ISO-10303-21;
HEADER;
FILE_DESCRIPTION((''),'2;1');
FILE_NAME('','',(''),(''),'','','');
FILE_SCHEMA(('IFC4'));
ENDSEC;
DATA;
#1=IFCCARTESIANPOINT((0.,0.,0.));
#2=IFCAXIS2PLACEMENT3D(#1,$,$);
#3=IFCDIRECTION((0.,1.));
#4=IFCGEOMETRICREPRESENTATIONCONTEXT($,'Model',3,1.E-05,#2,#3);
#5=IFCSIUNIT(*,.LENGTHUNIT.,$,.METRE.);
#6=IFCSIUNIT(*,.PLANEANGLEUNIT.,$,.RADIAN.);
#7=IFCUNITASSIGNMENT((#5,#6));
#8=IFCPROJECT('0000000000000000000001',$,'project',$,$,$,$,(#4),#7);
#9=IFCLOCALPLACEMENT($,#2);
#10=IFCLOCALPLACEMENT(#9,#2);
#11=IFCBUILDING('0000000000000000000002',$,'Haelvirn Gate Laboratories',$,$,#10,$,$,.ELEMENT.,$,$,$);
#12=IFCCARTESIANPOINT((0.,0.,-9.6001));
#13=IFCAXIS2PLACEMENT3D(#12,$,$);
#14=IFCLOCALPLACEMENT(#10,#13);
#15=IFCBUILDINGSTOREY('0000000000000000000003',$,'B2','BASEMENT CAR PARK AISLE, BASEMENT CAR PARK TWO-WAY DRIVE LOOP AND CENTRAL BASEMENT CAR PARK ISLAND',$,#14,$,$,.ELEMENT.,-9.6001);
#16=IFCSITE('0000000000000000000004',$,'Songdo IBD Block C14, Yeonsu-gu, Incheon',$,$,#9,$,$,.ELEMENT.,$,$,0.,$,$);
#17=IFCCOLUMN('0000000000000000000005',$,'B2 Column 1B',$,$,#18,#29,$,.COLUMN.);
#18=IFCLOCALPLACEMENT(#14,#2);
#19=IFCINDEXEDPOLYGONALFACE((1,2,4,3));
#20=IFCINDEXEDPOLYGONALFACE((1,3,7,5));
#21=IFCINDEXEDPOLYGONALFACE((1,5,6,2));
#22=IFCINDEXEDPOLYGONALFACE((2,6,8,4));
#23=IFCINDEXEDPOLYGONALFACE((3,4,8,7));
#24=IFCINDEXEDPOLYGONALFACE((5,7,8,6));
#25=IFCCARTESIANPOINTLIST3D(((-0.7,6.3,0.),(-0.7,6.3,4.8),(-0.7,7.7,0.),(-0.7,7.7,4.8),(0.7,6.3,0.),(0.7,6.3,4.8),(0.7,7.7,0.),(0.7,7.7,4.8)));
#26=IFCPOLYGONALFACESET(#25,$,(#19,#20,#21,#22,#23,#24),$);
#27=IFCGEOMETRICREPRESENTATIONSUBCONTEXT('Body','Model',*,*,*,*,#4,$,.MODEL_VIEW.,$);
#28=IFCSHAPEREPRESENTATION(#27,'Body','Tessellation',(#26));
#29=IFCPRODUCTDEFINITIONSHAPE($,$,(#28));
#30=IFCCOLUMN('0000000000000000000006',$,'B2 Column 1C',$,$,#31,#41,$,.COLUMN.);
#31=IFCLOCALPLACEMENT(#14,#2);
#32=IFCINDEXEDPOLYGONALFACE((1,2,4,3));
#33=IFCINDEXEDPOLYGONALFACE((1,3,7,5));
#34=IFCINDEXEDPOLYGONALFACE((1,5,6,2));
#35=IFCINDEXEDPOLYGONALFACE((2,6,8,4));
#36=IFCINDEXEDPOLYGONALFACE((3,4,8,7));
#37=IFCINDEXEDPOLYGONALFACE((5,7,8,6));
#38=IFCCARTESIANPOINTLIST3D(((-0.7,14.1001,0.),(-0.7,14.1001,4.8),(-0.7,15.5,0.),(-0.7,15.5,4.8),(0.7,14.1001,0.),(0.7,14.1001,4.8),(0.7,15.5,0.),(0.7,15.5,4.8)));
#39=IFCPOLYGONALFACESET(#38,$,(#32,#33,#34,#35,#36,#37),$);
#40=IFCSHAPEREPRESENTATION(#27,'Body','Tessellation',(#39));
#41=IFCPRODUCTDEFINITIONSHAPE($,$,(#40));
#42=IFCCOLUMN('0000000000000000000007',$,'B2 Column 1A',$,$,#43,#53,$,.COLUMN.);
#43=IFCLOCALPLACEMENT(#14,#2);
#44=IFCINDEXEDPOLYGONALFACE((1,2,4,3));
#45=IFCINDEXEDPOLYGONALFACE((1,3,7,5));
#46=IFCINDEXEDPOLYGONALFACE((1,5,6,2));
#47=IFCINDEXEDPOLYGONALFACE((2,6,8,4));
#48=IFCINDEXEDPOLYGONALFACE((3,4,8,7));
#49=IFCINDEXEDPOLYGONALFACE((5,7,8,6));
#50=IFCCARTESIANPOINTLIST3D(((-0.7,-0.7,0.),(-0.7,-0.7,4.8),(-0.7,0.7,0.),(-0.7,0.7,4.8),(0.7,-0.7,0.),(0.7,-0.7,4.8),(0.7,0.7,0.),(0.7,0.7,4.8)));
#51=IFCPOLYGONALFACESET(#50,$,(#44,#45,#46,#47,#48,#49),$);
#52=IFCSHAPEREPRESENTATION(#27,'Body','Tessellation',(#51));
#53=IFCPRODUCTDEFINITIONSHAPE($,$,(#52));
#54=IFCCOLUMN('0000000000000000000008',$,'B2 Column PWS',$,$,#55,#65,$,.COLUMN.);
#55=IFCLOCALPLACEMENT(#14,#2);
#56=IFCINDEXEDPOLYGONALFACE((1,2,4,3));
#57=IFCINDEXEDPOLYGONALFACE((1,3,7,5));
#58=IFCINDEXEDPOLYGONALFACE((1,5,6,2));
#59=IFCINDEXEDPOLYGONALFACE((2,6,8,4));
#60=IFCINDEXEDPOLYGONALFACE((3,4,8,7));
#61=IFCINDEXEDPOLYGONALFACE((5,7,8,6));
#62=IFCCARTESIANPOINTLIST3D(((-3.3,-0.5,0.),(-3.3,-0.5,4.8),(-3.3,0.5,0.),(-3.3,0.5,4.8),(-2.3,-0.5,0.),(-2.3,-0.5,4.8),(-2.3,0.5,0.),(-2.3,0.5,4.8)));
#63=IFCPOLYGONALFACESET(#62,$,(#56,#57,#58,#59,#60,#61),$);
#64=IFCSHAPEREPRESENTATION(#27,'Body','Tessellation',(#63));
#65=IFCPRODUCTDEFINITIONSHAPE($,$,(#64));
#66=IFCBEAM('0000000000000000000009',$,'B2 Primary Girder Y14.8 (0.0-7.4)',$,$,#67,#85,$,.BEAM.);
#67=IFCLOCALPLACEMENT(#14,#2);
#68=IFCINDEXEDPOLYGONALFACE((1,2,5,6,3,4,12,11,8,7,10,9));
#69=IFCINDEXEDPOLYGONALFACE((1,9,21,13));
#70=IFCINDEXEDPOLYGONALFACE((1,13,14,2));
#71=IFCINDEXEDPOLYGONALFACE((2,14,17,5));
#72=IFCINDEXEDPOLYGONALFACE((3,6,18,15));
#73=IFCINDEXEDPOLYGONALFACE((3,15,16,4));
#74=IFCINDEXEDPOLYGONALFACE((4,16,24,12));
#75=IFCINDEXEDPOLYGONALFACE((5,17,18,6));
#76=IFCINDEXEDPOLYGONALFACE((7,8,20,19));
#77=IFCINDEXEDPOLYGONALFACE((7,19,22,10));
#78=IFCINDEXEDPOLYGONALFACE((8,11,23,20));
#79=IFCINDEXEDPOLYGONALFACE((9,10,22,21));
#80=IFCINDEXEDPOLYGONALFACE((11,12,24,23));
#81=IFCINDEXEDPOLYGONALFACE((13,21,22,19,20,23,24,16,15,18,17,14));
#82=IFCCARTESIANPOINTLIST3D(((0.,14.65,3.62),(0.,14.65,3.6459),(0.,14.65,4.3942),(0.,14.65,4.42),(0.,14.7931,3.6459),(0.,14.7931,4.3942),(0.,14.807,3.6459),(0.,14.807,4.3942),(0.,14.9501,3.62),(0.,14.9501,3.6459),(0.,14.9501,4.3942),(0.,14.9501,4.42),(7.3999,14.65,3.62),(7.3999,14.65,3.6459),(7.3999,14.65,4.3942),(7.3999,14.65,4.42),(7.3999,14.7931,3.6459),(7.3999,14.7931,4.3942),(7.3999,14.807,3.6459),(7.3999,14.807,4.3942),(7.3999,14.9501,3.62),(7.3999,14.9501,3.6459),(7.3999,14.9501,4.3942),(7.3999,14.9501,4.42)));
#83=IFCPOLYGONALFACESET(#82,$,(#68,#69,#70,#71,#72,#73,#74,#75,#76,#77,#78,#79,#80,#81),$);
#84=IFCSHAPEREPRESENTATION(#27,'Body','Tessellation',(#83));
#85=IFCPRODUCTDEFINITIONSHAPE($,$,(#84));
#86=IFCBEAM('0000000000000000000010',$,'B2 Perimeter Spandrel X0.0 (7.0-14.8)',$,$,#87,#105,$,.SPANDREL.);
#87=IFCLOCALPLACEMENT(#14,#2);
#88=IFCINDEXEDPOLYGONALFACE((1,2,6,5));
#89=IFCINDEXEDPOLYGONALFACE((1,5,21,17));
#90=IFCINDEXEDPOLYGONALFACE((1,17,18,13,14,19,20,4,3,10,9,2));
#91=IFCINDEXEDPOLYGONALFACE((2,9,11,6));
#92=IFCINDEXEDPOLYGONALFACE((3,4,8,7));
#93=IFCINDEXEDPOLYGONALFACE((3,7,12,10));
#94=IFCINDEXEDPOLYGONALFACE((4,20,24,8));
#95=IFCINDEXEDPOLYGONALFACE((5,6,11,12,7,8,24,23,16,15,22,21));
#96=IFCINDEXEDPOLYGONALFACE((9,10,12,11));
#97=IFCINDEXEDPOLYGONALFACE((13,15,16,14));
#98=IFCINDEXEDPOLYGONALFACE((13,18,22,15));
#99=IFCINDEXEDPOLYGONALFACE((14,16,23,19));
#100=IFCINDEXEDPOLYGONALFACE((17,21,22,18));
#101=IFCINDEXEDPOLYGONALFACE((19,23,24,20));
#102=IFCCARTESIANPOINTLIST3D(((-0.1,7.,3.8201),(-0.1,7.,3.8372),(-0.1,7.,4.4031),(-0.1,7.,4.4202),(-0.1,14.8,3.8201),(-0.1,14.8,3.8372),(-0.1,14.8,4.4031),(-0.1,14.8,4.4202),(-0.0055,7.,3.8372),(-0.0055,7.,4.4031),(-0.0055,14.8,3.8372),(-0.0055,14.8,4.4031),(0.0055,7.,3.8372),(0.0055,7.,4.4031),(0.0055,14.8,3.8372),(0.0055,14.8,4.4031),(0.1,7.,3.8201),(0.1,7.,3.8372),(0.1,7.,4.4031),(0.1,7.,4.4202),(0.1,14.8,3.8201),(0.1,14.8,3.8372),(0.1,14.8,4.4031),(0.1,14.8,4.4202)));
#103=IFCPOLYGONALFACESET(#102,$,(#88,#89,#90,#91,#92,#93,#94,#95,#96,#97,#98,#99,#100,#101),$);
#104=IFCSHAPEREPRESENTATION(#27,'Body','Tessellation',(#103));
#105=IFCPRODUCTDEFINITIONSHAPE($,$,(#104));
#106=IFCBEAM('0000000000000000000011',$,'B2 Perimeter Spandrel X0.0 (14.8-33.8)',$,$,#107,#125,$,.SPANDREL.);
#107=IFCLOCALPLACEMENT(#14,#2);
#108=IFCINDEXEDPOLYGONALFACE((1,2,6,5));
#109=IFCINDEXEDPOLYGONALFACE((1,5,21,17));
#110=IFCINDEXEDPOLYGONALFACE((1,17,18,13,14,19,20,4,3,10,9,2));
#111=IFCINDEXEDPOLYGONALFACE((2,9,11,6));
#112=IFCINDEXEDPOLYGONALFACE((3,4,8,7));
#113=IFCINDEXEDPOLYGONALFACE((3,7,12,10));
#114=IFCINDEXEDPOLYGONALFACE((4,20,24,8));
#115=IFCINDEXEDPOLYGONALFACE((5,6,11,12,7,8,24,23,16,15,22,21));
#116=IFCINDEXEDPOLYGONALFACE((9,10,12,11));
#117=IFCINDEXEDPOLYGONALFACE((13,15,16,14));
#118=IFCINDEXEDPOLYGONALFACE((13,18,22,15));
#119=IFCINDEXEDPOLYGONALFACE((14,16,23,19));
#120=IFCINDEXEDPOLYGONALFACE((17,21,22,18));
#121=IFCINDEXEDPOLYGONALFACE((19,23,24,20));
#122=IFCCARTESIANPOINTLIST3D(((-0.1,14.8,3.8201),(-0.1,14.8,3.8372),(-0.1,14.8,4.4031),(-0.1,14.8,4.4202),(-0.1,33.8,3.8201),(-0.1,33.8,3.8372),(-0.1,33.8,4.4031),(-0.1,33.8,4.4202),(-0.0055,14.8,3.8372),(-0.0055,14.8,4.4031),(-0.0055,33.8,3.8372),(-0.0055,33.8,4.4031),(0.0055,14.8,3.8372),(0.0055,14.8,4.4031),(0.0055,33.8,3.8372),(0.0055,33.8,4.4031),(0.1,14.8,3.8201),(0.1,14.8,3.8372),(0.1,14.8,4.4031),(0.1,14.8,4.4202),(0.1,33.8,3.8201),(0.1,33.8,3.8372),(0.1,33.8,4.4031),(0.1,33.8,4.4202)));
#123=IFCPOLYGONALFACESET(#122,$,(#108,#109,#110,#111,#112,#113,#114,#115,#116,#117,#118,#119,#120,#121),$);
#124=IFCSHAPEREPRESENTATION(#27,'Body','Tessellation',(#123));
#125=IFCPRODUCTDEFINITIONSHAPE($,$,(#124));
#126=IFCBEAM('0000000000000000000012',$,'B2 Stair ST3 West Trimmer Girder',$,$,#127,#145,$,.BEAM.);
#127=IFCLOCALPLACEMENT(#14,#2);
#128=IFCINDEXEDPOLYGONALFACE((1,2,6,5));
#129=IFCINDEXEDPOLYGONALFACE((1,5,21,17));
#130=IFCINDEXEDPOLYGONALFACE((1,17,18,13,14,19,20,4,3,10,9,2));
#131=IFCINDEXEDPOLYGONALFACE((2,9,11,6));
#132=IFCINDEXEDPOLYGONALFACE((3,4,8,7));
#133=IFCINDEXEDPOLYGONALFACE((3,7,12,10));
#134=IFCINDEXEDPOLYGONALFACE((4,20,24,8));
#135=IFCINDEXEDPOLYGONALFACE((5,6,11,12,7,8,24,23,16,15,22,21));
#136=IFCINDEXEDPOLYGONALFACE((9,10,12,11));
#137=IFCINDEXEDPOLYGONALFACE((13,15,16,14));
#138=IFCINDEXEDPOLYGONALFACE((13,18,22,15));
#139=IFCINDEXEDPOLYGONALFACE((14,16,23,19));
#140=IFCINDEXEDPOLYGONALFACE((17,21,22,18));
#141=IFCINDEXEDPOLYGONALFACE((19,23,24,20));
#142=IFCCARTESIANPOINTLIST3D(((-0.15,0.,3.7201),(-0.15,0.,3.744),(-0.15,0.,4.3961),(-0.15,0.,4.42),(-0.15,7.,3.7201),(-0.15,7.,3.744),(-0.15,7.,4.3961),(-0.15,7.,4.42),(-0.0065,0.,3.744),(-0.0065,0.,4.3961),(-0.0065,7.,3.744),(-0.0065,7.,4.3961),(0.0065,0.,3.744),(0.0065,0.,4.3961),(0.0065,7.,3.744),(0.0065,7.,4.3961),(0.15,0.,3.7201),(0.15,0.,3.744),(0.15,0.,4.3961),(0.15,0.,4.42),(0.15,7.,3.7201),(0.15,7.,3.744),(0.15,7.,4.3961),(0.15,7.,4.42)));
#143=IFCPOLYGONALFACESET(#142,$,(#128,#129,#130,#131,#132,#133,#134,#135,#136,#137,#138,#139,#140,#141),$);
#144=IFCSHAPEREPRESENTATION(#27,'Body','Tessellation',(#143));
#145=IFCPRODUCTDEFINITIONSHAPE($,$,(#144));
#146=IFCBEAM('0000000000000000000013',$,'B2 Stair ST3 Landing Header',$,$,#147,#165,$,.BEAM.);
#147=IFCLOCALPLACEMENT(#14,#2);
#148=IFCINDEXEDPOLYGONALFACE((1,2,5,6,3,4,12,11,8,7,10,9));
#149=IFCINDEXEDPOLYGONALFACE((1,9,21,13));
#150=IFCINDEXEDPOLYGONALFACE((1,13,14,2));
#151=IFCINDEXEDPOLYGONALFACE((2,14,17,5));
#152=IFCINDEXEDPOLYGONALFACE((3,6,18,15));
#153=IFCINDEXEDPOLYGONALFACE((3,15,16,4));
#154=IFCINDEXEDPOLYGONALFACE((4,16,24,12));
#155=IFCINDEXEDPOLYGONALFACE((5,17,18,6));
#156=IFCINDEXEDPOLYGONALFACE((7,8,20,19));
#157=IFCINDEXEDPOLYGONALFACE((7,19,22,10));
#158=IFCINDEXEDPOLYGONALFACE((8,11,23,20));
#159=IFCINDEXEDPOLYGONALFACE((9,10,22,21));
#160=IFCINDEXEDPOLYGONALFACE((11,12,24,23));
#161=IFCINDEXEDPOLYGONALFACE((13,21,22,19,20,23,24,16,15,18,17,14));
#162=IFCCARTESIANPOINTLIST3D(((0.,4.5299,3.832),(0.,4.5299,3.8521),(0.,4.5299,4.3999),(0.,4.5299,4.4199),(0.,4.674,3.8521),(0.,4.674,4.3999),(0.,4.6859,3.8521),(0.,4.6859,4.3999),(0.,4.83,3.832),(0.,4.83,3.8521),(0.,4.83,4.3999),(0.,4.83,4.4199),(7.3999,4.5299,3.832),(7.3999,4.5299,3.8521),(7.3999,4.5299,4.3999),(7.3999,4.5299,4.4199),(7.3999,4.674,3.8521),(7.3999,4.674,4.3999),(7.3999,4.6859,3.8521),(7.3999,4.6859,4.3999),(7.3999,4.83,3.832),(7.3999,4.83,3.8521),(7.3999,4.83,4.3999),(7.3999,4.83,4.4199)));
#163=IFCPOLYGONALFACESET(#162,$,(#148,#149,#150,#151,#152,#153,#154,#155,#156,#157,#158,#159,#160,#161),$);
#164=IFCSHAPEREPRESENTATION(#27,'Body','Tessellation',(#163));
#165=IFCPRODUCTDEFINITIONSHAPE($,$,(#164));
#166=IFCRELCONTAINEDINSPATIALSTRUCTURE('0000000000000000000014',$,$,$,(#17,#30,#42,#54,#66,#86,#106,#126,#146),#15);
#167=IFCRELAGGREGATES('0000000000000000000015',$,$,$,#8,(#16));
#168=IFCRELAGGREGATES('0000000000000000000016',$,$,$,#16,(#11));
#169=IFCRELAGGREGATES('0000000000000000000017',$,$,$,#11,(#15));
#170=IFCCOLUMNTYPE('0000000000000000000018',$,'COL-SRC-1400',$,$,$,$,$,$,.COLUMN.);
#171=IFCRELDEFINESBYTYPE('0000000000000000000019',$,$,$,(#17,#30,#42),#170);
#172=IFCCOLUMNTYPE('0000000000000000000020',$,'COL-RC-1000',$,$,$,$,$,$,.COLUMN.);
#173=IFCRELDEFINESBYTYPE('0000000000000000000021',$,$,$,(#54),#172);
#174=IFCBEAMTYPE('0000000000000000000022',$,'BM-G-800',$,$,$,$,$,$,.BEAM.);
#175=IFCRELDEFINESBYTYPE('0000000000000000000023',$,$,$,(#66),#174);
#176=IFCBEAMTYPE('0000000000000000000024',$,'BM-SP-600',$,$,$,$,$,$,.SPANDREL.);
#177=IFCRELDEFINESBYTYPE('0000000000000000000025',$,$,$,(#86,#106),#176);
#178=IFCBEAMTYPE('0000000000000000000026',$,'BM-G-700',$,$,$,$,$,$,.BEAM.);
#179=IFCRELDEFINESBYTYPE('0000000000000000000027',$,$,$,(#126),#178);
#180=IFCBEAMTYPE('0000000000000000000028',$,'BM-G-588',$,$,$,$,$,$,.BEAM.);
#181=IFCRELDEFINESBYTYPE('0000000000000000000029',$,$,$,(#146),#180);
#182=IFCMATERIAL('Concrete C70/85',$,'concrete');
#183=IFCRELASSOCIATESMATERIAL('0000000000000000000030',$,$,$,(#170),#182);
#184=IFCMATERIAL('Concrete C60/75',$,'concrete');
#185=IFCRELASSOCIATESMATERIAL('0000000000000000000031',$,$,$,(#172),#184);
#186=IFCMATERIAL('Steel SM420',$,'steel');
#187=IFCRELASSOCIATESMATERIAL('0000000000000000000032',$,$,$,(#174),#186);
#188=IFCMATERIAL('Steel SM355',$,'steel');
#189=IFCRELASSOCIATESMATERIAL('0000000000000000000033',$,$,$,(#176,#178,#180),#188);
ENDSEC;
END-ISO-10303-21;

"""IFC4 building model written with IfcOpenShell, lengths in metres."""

from ifc_helpers import new_model, si_unit, direction, frame, origin, origin_2d, place, context, subcontext, project, spatial, rectangle, i_section, extrude, source, transform, mapped, material, material_profile, profile_set, type_object, type_shapes, element, save


model = new_model("IFC4")

# Units and contexts
model_context = context("Model", 3, precision=1e-05, world=origin(), true_north=direction((0.0, 1.0)))
body_context = subcontext(model_context, "Body", "Model", "MODEL_VIEW")
ifc_project = project(units=[si_unit("LENGTHUNIT", "METRE"), si_unit("PLANEANGLEUNIT", "RADIAN")], contexts=[model_context])

# Site, building, storey
site_placement = place(None, origin())
site = spatial("IfcSite", under=ifc_project, at=site_placement, Name="Songdo IBD Block C14, Yeonsu-gu, Incheon", CompositionType="ELEMENT", RefElevation=0.0)
building_placement = place(site_placement, origin())
building = spatial("IfcBuilding", under=site, at=building_placement, Name="Haelvirn Gate Laboratories", CompositionType="ELEMENT")
storey_placement = place(building_placement, frame((0.0, 0.0, -9.6001)))
storey = spatial("IfcBuildingStorey", under=building, at=storey_placement, Name="B2", Description="BASEMENT CAR PARK AISLE, BASEMENT CAR PARK TWO-WAY DRIVE LOOP AND CENTRAL BASEMENT CAR PARK ISLAND", CompositionType="ELEMENT", Elevation=-9.6001)

# Columns
ifc_material_1 = material(Name="Concrete C70/85", Category="concrete")
ifc_material_profile_1 = material_profile(ifc_material_1, rectangle(XDim=1.3999, YDim=1.3999, at=origin_2d()), Name="SRC-1400x1400")
ifc_profile_set_1 = profile_set([ifc_material_profile_1], Name="Concrete C70/85")
column_type_1 = type_object("IfcColumnType", Name="COL-SRC-1400", PredefinedType="COLUMN", material=ifc_profile_set_1)
shared_shape_1 = source(origin(), body_context, "Body", "SweptSolid", [
    extrude(rectangle(XDim=1.3999, YDim=1.3999, at=origin_2d()), origin(), (0.0, 0.0, 1.0), 4.8),
])
type_shapes(column_type_1, [shared_shape_1])
for number, where, z_axis, x_axis, name in (
    (1, (0.0, 7.0, 0.0), (0.0, 0.0, 1.0), (1.0, 0.0, 0.0), "B2 Column 1B"),
    (2, (0.0, 14.8, 0.0), (0.0, 0.0, 1.0), (1.0, 0.0, 0.0), "B2 Column 1C"),
    (3, (0.0, 0.0, 0.0), (0.0, 0.0, 1.0), (1.0, 0.0, 0.0), "B2 Column 1A"),
):
    element("IfcColumn", number, at=place(storey_placement, frame(where, z_axis=z_axis, x_axis=x_axis)), inside=storey, type_object=column_type_1, Name=name, PredefinedType="COLUMN", context=body_context, shape_type="MappedRepresentation", body=[
        mapped(shared_shape_1, transform((0.0, 0.0, 0.0), scale=1.0)),
    ])
ifc_material_2 = material(Name="Concrete C60/75", Category="concrete")
ifc_material_profile_2 = material_profile(ifc_material_2, rectangle(XDim=1.0, YDim=1.0, at=origin_2d()), Name="RC-1000x1000")
ifc_profile_set_2 = profile_set([ifc_material_profile_2], Name="Concrete C60/75")
column_type_2 = type_object("IfcColumnType", Name="COL-RC-1000", PredefinedType="COLUMN", material=ifc_profile_set_2)
shared_shape_2 = source(origin(), body_context, "Body", "SweptSolid", [
    extrude(rectangle(XDim=1.0, YDim=1.0, at=origin_2d()), origin(), (0.0, 0.0, 1.0), 4.8),
])
type_shapes(column_type_2, [shared_shape_2])
column_placement = place(storey_placement, frame((-2.8, 0.0, 0.0), z_axis=(0.0, 0.0, 1.0), x_axis=(1.0, 0.0, 0.0)))
element("IfcColumn", 4, at=column_placement, inside=storey, type_object=column_type_2, Name="B2 Column PWS", PredefinedType="COLUMN", context=body_context, shape_type="MappedRepresentation", body=[
    mapped(shared_shape_2, transform((0.0, 0.0, 0.0), scale=1.0)),
])

# Beams
ifc_material_3 = material(Name="Steel SM420", Category="steel")
ifc_material_profile_3 = material_profile(ifc_material_3, i_section(OverallWidth=0.3, OverallDepth=0.8, WebThickness=0.0139, FlangeThickness=0.0259, at=origin_2d()), Name="H-800x300x14x26")
ifc_profile_set_3 = profile_set([ifc_material_profile_3], Name="Steel SM420")
beam_type_1 = type_object("IfcBeamType", Name="BM-G-800", PredefinedType="BEAM", material=ifc_profile_set_3)
shared_shape_3 = source(origin(), body_context, "Body", "SweptSolid", [
    extrude(i_section(OverallWidth=0.3, OverallDepth=0.8, WebThickness=0.0139, FlangeThickness=0.0259, at=origin_2d()), origin(), (0.0, 0.0, 1.0), 7.3999),
])
type_shapes(beam_type_1, [shared_shape_3])
beam_1_placement = place(storey_placement, frame((0.0, 14.8, 4.02), z_axis=(1.0, 0.0, 0.0), x_axis=(0.0, 1.0, 0.0)))
element("IfcBeam", 5, at=beam_1_placement, inside=storey, type_object=beam_type_1, Name="B2 Primary Girder Y14.8 (0.0-7.4)", PredefinedType="BEAM", context=body_context, shape_type="MappedRepresentation", body=[
    mapped(shared_shape_3, transform((0.0, 0.0, 0.0), scale=1.0)),
])
ifc_material_4 = material(Name="Steel SM355", Category="steel")
ifc_material_profile_4 = material_profile(ifc_material_4, i_section(OverallWidth=0.2, OverallDepth=0.6001, WebThickness=0.011, FlangeThickness=0.0171, at=origin_2d()), Name="H-600x200x11x17")
ifc_profile_set_4 = profile_set([ifc_material_profile_4], Name="Steel SM355")
beam_type_2 = type_object("IfcBeamType", Name="BM-SP-600", PredefinedType="SPANDREL", material=ifc_profile_set_4)
shared_shape_4 = source(origin(), body_context, "Body", "SweptSolid", [
    extrude(i_section(OverallWidth=0.2, OverallDepth=0.6001, WebThickness=0.011, FlangeThickness=0.0171, at=origin_2d()), origin(), (0.0, 0.0, 1.0), 7.8),
])
beam_2_placement = place(storey_placement, frame((0.0, 7.0, 4.1201), z_axis=(0.0, 1.0, 0.0), x_axis=(-1.0, 0.0, 0.0)))
element("IfcBeam", 6, at=beam_2_placement, inside=storey, type_object=beam_type_2, Name="B2 Perimeter Spandrel X0.0 (7.0-14.8)", PredefinedType="SPANDREL", context=body_context, shape_type="MappedRepresentation", body=[
    mapped(shared_shape_4, transform((0.0, 0.0, 0.0), scale=1.0)),
])
shared_shape_5 = source(origin(), body_context, "Body", "SweptSolid", [
    extrude(i_section(OverallWidth=0.2, OverallDepth=0.6001, WebThickness=0.011, FlangeThickness=0.0171, at=origin_2d()), origin(), (0.0, 0.0, 1.0), 19.0),
])
type_shapes(beam_type_2, [shared_shape_4, shared_shape_5])
beam_3_placement = place(storey_placement, frame((0.0, 14.8, 4.1201), z_axis=(0.0, 1.0, 0.0), x_axis=(-1.0, 0.0, 0.0)))
element("IfcBeam", 7, at=beam_3_placement, inside=storey, type_object=beam_type_2, Name="B2 Perimeter Spandrel X0.0 (14.8-33.8)", PredefinedType="SPANDREL", context=body_context, shape_type="MappedRepresentation", body=[
    mapped(shared_shape_5, transform((0.0, 0.0, 0.0), scale=1.0)),
])
ifc_material_profile_5 = material_profile(ifc_material_4, i_section(OverallWidth=0.3, OverallDepth=0.7, WebThickness=0.0129, FlangeThickness=0.0239, at=origin_2d()), Name="H-700x300x13x24")
ifc_profile_set_5 = profile_set([ifc_material_profile_5], Name="Steel SM355")
beam_type_3 = type_object("IfcBeamType", Name="BM-G-700", PredefinedType="BEAM", material=ifc_profile_set_5)
shared_shape_6 = source(origin(), body_context, "Body", "SweptSolid", [
    extrude(i_section(OverallWidth=0.3, OverallDepth=0.7, WebThickness=0.0129, FlangeThickness=0.0239, at=origin_2d()), origin(), (0.0, 0.0, 1.0), 7.0),
])
type_shapes(beam_type_3, [shared_shape_6])
beam_4_placement = place(storey_placement, frame((0.0, 0.0, 4.0701), z_axis=(0.0, 1.0, 0.0), x_axis=(-1.0, 0.0, 0.0)))
element("IfcBeam", 8, at=beam_4_placement, inside=storey, type_object=beam_type_3, Name="B2 Stair ST3 West Trimmer Girder", PredefinedType="BEAM", context=body_context, shape_type="MappedRepresentation", body=[
    mapped(shared_shape_6, transform((0.0, 0.0, 0.0), scale=1.0)),
])
ifc_material_profile_6 = material_profile(ifc_material_4, i_section(OverallWidth=0.3, OverallDepth=0.5879, WebThickness=0.012, FlangeThickness=0.02, at=origin_2d()), Name="H-588x300x12x20")
ifc_profile_set_6 = profile_set([ifc_material_profile_6], Name="Steel SM355")
beam_type_4 = type_object("IfcBeamType", Name="BM-G-588", PredefinedType="BEAM", material=ifc_profile_set_6)
shared_shape_7 = source(origin(), body_context, "Body", "SweptSolid", [
    extrude(i_section(OverallWidth=0.3, OverallDepth=0.5879, WebThickness=0.012, FlangeThickness=0.02, at=origin_2d()), origin(), (0.0, 0.0, 1.0), 7.3999),
])
type_shapes(beam_type_4, [shared_shape_7])
beam_5_placement = place(storey_placement, frame((0.0, 4.6799, 4.126), z_axis=(1.0, 0.0, 0.0), x_axis=(0.0, 1.0, 0.0)))
element("IfcBeam", 9, at=beam_5_placement, inside=storey, type_object=beam_type_4, Name="B2 Stair ST3 Landing Header", PredefinedType="BEAM", context=body_context, shape_type="MappedRepresentation", body=[
    mapped(shared_shape_7, transform((0.0, 0.0, 0.0), scale=1.0)),
])

save(model, "model.ifc")
